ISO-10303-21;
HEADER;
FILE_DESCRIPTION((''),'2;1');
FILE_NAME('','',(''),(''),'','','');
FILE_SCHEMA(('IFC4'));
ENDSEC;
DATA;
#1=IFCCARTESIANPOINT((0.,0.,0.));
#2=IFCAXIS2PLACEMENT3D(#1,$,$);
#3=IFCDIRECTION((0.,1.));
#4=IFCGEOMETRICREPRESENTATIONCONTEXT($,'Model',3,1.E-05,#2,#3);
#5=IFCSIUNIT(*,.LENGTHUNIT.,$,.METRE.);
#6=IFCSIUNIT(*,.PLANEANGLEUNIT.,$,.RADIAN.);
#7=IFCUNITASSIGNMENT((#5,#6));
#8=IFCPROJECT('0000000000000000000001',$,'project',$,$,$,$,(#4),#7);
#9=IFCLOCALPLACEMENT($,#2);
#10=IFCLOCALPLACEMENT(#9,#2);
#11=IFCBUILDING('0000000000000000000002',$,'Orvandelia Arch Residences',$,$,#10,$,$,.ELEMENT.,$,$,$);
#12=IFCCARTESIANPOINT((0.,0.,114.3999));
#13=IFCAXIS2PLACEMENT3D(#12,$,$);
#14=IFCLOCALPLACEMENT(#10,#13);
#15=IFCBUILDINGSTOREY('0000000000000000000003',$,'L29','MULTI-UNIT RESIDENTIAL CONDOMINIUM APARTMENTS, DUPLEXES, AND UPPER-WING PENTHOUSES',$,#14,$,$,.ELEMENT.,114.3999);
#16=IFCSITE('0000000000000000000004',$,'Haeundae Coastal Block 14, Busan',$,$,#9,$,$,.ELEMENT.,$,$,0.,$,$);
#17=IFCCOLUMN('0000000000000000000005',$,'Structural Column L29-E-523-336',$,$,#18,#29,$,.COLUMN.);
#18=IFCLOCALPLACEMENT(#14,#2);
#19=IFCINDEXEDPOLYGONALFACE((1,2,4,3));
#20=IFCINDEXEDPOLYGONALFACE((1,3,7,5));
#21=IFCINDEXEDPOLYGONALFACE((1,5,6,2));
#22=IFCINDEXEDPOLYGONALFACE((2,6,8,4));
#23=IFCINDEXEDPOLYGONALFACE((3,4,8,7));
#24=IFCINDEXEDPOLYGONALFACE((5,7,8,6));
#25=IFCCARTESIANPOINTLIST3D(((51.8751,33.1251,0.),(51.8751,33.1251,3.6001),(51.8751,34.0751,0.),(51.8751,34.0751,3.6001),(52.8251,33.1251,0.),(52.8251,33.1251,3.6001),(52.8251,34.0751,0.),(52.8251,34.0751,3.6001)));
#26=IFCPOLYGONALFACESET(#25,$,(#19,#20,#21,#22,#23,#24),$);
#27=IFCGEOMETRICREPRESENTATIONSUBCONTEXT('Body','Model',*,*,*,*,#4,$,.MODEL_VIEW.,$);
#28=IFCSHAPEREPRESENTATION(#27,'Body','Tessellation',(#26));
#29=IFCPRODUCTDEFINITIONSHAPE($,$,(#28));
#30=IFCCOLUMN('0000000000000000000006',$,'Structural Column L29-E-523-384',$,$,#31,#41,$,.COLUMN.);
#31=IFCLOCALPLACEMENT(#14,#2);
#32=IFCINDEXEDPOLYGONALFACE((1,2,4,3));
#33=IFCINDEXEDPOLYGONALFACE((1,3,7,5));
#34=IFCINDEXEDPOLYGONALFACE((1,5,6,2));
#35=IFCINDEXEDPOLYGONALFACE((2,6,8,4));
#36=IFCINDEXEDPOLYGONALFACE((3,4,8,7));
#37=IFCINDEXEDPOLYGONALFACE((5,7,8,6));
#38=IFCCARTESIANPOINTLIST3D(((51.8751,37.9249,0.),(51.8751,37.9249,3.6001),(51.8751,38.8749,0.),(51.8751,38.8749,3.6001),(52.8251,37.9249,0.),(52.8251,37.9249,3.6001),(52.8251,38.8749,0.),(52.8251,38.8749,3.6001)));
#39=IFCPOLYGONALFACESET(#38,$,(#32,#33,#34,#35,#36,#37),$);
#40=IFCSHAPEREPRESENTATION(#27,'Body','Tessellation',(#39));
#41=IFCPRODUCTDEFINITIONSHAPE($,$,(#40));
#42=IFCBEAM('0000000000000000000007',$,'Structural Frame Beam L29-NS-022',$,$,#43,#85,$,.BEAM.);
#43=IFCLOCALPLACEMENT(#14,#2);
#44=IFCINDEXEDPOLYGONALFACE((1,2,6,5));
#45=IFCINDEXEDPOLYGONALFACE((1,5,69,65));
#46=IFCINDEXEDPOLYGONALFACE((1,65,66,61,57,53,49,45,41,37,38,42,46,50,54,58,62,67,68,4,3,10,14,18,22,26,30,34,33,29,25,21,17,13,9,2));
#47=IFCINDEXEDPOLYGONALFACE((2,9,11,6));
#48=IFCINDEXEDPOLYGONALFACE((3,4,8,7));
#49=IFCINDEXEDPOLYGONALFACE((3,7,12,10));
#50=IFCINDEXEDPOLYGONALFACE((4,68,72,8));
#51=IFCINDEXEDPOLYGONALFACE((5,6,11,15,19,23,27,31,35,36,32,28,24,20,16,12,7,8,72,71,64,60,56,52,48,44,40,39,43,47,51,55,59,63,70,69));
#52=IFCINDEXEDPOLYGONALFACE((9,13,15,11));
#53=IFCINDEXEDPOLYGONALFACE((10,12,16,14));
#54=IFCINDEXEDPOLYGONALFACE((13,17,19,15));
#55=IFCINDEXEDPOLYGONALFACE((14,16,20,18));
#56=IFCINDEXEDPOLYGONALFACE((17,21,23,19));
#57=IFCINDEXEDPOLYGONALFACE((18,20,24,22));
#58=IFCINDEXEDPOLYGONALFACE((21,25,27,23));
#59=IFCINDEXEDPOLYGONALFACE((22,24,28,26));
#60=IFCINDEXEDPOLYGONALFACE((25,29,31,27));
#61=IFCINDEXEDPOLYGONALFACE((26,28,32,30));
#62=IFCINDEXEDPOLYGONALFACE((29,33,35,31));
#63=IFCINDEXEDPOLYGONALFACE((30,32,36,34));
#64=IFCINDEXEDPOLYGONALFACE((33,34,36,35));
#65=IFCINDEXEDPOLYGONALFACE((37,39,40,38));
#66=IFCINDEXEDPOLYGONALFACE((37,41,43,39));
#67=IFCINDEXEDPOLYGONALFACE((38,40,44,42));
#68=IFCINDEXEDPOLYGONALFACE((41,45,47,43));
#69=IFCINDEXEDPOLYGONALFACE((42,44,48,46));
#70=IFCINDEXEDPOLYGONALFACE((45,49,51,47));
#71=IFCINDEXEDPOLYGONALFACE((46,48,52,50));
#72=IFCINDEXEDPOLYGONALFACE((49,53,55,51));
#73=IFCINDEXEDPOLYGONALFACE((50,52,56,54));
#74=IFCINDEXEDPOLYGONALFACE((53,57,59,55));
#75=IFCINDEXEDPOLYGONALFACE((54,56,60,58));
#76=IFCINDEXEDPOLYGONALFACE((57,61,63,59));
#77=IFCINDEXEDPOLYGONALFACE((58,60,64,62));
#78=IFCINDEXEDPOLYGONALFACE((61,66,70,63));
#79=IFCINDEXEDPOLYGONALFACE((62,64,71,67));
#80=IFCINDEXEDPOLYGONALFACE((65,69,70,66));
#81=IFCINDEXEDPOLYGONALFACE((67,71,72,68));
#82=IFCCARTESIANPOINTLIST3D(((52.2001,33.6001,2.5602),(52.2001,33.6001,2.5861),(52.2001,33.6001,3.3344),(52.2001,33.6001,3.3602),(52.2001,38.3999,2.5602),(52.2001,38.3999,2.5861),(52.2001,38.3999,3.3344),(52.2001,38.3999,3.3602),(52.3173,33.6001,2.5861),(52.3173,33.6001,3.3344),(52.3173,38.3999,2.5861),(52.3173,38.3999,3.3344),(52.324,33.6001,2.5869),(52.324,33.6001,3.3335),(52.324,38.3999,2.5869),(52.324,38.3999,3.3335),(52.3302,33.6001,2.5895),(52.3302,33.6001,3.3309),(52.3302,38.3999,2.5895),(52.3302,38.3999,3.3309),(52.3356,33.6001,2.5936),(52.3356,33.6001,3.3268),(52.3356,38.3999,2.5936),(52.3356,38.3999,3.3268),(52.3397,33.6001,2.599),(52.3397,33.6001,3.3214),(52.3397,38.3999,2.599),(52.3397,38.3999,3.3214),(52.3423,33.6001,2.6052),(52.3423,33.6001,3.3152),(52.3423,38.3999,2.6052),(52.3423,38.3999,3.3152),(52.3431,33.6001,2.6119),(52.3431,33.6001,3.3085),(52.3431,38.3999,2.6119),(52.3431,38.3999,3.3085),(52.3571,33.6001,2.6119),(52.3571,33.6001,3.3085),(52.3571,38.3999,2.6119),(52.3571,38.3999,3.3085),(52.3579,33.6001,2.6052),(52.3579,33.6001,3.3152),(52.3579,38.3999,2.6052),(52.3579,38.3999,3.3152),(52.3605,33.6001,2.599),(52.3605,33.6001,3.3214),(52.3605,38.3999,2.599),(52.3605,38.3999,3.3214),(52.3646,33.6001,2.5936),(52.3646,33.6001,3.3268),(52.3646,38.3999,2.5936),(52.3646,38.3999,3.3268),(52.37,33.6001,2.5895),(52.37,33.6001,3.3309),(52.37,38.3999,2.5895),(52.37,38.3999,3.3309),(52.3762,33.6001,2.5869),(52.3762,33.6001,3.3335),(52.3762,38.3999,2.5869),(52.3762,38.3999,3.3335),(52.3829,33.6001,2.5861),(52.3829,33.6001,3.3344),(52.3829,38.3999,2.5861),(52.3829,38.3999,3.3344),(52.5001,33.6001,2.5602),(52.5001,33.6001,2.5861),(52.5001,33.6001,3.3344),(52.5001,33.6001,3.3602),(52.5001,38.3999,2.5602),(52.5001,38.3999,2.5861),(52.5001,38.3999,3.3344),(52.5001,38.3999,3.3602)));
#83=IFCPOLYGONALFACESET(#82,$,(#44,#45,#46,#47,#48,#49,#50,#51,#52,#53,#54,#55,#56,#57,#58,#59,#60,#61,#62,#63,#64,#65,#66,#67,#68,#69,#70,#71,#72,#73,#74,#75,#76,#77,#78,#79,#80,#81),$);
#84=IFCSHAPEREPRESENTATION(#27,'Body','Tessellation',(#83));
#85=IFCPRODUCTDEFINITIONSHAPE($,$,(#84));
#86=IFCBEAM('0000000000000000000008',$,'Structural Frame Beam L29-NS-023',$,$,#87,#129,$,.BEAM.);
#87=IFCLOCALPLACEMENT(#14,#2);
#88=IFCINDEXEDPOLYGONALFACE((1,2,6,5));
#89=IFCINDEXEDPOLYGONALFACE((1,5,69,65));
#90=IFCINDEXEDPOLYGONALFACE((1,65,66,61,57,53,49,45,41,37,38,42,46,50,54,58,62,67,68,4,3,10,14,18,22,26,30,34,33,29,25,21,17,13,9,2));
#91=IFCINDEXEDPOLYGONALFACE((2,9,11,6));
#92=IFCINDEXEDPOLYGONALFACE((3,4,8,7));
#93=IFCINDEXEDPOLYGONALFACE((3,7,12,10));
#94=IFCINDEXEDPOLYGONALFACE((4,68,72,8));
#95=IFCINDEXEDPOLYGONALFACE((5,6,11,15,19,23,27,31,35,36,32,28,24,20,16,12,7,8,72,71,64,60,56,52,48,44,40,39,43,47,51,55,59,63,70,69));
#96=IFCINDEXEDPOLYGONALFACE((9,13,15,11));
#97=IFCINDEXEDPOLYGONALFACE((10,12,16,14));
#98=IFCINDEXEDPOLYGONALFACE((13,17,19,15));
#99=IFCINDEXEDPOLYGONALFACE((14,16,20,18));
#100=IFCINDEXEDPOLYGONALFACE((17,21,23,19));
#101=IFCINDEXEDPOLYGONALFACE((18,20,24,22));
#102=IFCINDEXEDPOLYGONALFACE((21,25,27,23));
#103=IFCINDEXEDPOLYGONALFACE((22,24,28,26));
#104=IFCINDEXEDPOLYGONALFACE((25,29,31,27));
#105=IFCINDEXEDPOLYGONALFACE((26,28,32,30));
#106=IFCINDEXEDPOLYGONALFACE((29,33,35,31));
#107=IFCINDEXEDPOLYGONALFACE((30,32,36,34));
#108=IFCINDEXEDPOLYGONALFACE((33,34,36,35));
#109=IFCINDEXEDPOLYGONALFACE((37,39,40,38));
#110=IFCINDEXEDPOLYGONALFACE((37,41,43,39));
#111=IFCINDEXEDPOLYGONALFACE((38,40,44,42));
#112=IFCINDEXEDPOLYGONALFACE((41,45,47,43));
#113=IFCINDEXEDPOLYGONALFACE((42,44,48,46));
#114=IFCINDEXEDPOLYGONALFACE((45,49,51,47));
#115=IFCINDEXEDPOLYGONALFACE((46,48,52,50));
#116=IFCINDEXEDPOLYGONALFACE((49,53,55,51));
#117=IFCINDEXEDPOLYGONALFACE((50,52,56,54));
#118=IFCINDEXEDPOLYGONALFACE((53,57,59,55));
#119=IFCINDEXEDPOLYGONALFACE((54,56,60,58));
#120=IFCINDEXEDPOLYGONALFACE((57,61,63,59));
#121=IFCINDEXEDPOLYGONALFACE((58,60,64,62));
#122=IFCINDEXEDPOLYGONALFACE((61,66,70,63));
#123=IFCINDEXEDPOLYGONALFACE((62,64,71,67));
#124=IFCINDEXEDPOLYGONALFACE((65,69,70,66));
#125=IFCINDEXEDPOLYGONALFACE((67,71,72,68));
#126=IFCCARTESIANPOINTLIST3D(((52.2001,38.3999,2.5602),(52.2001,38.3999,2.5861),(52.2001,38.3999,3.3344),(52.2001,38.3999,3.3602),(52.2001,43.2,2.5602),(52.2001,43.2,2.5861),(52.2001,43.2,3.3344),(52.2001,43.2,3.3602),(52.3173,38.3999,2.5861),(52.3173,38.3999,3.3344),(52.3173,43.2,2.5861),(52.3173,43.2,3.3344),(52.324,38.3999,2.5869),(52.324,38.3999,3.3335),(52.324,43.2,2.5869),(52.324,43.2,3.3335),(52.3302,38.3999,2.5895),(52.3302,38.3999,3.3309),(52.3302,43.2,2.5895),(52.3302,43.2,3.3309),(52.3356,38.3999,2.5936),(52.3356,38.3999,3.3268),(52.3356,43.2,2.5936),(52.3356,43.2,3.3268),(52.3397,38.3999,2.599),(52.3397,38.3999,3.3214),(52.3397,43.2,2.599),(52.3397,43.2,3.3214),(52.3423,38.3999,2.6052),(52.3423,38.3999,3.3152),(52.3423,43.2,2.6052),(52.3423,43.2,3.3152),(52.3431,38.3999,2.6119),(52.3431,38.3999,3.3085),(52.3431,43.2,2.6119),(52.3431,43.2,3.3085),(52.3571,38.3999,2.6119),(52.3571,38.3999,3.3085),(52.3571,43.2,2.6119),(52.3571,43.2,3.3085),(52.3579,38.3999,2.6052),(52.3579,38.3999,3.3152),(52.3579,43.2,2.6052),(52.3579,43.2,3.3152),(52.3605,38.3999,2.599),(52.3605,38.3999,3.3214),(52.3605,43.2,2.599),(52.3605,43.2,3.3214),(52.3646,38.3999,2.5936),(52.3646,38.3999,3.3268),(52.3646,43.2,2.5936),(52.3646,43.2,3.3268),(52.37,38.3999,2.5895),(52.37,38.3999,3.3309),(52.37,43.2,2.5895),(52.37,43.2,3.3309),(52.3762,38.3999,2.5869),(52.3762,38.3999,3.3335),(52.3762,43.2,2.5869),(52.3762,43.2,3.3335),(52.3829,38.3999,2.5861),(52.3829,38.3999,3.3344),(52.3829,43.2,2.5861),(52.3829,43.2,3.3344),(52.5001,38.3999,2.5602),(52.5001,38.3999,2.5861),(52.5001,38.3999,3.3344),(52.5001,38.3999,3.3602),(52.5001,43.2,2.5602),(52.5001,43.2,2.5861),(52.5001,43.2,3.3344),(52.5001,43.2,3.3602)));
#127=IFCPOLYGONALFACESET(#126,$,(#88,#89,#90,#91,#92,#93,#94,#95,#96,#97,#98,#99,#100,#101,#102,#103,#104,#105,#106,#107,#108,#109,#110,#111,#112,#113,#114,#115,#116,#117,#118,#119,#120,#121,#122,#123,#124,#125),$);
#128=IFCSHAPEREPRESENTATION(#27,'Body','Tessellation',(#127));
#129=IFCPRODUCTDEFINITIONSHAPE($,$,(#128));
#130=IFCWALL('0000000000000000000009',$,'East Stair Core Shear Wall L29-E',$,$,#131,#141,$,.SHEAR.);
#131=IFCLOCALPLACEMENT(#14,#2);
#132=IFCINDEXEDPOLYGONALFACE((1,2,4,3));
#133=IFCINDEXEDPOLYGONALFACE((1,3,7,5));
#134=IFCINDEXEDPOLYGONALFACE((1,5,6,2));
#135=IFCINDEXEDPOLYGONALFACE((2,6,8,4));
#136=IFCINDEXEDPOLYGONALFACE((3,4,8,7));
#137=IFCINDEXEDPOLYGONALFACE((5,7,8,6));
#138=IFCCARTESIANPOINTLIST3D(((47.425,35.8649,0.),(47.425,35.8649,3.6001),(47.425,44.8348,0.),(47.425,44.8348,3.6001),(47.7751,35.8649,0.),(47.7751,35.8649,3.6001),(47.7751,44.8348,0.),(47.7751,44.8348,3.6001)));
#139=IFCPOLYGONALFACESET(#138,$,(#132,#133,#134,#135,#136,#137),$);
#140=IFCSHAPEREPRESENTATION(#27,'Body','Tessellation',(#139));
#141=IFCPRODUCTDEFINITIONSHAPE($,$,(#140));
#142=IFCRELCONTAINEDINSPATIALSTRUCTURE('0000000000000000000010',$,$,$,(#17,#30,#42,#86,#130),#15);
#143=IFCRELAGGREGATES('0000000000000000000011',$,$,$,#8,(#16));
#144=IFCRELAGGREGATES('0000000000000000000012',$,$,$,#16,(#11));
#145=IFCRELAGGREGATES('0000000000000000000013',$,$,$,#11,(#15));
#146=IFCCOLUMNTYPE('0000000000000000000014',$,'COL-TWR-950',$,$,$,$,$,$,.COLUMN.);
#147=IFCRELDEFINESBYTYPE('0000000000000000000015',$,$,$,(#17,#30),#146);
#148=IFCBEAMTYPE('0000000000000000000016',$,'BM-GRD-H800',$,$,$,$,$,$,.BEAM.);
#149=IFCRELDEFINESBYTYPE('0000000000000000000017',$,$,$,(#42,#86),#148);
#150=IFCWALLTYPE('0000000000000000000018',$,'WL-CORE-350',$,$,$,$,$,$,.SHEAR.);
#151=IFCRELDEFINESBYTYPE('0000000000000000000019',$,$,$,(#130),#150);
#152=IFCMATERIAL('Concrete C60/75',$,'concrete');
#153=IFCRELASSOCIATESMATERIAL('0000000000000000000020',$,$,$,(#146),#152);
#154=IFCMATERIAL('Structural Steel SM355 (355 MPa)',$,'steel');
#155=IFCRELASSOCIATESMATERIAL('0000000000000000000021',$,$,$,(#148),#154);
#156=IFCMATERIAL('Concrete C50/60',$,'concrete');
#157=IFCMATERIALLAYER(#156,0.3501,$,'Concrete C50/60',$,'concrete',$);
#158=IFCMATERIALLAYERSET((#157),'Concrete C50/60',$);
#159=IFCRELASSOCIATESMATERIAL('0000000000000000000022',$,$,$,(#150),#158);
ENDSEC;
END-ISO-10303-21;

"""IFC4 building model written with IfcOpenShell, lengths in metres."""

from ifc_helpers import new_model, si_unit, direction, frame, frame_2d, origin, origin_2d, place, context, subcontext, project, spatial, rectangle, i_section, extrude, material, layer, layer_set, material_profile, profile_set, type_object, element, save


model = new_model("IFC4")

# Units and contexts
model_context = context("Model", 3, precision=1e-05, world=origin(), true_north=direction((0.0, 1.0)))
body_context = subcontext(model_context, "Body", "Model", "MODEL_VIEW")
ifc_project = project(units=[si_unit("LENGTHUNIT", "METRE"), si_unit("PLANEANGLEUNIT", "RADIAN")], contexts=[model_context])

# Site, building, storey
site_placement = place(None, origin())
site = spatial("IfcSite", under=ifc_project, at=site_placement, Name="Haeundae Coastal Block 14, Busan", CompositionType="ELEMENT", RefElevation=0.0)
building_placement = place(site_placement, origin())
building = spatial("IfcBuilding", under=site, at=building_placement, Name="Orvandelia Arch Residences", CompositionType="ELEMENT")
storey_placement = place(building_placement, frame((0.0, 0.0, 114.3999)))
storey = spatial("IfcBuildingStorey", under=building, at=storey_placement, Name="L29", Description="MULTI-UNIT RESIDENTIAL CONDOMINIUM APARTMENTS, DUPLEXES, AND UPPER-WING PENTHOUSES", CompositionType="ELEMENT", Elevation=114.3999)

# Columns
ifc_material_1 = material(Name="Concrete C60/75", Category="concrete")
ifc_material_profile_1 = material_profile(ifc_material_1, rectangle(XDim=0.95, YDim=0.95, at=origin_2d()), Name="Concrete C60/75", Category="concrete")
ifc_profile_set_1 = profile_set([ifc_material_profile_1], Name="Concrete C60/75")
column_type = type_object("IfcColumnType", Name="COL-TWR-950", PredefinedType="COLUMN", material=ifc_profile_set_1)
for number, where, z_axis, x_axis, name in (
    (1, (52.3501, 33.6001, 0.0), (0.0, 0.0, 1.0), (1.0, 0.0, 0.0), "Structural Column L29-E-523-336"),
    (2, (52.3501, 38.3999, 0.0), (0.0, 0.0, 1.0), (1.0, 0.0, 0.0), "Structural Column L29-E-523-384"),
):
    element("IfcColumn", number, at=place(storey_placement, frame(where, z_axis=z_axis, x_axis=x_axis)), inside=storey, type_object=column_type, Name=name, PredefinedType="COLUMN", context=body_context, shape_type="SweptSolid", body=[
        extrude(rectangle(XDim=0.95, YDim=0.95, at=origin_2d()), origin(), (0.0, 0.0, 1.0), 3.6001),
    ])

# Beams
ifc_material_2 = material(Name="Structural Steel SM355 (355 MPa)", Category="steel")
ifc_material_profile_2 = material_profile(ifc_material_2, i_section(OverallWidth=0.3, OverallDepth=0.8, WebThickness=0.0139, FlangeThickness=0.0259, FilletRadius=0.0259, at=origin_2d()), Name="Structural Steel SM355 (355 MPa)", Category="steel")
ifc_profile_set_2 = profile_set([ifc_material_profile_2], Name="Structural Steel SM355 (355 MPa)")
beam_type = type_object("IfcBeamType", Name="BM-GRD-H800", PredefinedType="BEAM", material=ifc_profile_set_2)
beam_1_placement = place(storey_placement, frame((52.3501, 33.6001, 2.9602), z_axis=(0.0, 1.0, 0.0), x_axis=(-1.0, 0.0, 0.0)))
element("IfcBeam", 3, at=beam_1_placement, inside=storey, type_object=beam_type, Name="Structural Frame Beam L29-NS-022", PredefinedType="BEAM", context=body_context, shape_type="SweptSolid", body=[
    extrude(i_section(OverallWidth=0.3, OverallDepth=0.8, WebThickness=0.0139, FlangeThickness=0.0259, FilletRadius=0.0259, at=origin_2d()), origin(), (0.0, 0.0, 1.0), 4.7998),
])
beam_2_placement = place(storey_placement, frame((52.3501, 38.3999, 2.9602), z_axis=(0.0, 1.0, 0.0), x_axis=(-1.0, 0.0, 0.0)))
element("IfcBeam", 4, at=beam_2_placement, inside=storey, type_object=beam_type, Name="Structural Frame Beam L29-NS-023", PredefinedType="BEAM", context=body_context, shape_type="SweptSolid", body=[
    extrude(i_section(OverallWidth=0.3, OverallDepth=0.8, WebThickness=0.0139, FlangeThickness=0.0259, FilletRadius=0.0259, at=origin_2d()), origin(), (0.0, 0.0, 1.0), 4.8),
])

# Wall
ifc_material_3 = material(Name="Concrete C50/60", Category="concrete")
ifc_layer_1 = layer(ifc_material_3, 0.3501, Name="Concrete C50/60", Category="concrete")
ifc_layer_set_1 = layer_set([ifc_layer_1], Name="Concrete C50/60")
wall_type_1 = type_object("IfcWallType", Name="WL-CORE-350", PredefinedType="SHEAR", material=ifc_layer_set_1)
wall_1_placement = place(storey_placement, frame((47.6001, 35.865, 0.0), z_axis=(0.0, 0.0, 1.0), x_axis=(0.0, 1.0, 0.0)))
element("IfcWall", 5, at=wall_1_placement, inside=storey, type_object=wall_type_1, Name="East Stair Core Shear Wall L29-E", PredefinedType="SHEAR", context=body_context, shape_type="SweptSolid", body=[
    extrude(rectangle(XDim=8.97, YDim=0.3501, at=frame_2d((4.4849, 0.0))), origin(), (0.0, 0.0, 1.0), 3.6001),
])

save(model, "model.ifc")
